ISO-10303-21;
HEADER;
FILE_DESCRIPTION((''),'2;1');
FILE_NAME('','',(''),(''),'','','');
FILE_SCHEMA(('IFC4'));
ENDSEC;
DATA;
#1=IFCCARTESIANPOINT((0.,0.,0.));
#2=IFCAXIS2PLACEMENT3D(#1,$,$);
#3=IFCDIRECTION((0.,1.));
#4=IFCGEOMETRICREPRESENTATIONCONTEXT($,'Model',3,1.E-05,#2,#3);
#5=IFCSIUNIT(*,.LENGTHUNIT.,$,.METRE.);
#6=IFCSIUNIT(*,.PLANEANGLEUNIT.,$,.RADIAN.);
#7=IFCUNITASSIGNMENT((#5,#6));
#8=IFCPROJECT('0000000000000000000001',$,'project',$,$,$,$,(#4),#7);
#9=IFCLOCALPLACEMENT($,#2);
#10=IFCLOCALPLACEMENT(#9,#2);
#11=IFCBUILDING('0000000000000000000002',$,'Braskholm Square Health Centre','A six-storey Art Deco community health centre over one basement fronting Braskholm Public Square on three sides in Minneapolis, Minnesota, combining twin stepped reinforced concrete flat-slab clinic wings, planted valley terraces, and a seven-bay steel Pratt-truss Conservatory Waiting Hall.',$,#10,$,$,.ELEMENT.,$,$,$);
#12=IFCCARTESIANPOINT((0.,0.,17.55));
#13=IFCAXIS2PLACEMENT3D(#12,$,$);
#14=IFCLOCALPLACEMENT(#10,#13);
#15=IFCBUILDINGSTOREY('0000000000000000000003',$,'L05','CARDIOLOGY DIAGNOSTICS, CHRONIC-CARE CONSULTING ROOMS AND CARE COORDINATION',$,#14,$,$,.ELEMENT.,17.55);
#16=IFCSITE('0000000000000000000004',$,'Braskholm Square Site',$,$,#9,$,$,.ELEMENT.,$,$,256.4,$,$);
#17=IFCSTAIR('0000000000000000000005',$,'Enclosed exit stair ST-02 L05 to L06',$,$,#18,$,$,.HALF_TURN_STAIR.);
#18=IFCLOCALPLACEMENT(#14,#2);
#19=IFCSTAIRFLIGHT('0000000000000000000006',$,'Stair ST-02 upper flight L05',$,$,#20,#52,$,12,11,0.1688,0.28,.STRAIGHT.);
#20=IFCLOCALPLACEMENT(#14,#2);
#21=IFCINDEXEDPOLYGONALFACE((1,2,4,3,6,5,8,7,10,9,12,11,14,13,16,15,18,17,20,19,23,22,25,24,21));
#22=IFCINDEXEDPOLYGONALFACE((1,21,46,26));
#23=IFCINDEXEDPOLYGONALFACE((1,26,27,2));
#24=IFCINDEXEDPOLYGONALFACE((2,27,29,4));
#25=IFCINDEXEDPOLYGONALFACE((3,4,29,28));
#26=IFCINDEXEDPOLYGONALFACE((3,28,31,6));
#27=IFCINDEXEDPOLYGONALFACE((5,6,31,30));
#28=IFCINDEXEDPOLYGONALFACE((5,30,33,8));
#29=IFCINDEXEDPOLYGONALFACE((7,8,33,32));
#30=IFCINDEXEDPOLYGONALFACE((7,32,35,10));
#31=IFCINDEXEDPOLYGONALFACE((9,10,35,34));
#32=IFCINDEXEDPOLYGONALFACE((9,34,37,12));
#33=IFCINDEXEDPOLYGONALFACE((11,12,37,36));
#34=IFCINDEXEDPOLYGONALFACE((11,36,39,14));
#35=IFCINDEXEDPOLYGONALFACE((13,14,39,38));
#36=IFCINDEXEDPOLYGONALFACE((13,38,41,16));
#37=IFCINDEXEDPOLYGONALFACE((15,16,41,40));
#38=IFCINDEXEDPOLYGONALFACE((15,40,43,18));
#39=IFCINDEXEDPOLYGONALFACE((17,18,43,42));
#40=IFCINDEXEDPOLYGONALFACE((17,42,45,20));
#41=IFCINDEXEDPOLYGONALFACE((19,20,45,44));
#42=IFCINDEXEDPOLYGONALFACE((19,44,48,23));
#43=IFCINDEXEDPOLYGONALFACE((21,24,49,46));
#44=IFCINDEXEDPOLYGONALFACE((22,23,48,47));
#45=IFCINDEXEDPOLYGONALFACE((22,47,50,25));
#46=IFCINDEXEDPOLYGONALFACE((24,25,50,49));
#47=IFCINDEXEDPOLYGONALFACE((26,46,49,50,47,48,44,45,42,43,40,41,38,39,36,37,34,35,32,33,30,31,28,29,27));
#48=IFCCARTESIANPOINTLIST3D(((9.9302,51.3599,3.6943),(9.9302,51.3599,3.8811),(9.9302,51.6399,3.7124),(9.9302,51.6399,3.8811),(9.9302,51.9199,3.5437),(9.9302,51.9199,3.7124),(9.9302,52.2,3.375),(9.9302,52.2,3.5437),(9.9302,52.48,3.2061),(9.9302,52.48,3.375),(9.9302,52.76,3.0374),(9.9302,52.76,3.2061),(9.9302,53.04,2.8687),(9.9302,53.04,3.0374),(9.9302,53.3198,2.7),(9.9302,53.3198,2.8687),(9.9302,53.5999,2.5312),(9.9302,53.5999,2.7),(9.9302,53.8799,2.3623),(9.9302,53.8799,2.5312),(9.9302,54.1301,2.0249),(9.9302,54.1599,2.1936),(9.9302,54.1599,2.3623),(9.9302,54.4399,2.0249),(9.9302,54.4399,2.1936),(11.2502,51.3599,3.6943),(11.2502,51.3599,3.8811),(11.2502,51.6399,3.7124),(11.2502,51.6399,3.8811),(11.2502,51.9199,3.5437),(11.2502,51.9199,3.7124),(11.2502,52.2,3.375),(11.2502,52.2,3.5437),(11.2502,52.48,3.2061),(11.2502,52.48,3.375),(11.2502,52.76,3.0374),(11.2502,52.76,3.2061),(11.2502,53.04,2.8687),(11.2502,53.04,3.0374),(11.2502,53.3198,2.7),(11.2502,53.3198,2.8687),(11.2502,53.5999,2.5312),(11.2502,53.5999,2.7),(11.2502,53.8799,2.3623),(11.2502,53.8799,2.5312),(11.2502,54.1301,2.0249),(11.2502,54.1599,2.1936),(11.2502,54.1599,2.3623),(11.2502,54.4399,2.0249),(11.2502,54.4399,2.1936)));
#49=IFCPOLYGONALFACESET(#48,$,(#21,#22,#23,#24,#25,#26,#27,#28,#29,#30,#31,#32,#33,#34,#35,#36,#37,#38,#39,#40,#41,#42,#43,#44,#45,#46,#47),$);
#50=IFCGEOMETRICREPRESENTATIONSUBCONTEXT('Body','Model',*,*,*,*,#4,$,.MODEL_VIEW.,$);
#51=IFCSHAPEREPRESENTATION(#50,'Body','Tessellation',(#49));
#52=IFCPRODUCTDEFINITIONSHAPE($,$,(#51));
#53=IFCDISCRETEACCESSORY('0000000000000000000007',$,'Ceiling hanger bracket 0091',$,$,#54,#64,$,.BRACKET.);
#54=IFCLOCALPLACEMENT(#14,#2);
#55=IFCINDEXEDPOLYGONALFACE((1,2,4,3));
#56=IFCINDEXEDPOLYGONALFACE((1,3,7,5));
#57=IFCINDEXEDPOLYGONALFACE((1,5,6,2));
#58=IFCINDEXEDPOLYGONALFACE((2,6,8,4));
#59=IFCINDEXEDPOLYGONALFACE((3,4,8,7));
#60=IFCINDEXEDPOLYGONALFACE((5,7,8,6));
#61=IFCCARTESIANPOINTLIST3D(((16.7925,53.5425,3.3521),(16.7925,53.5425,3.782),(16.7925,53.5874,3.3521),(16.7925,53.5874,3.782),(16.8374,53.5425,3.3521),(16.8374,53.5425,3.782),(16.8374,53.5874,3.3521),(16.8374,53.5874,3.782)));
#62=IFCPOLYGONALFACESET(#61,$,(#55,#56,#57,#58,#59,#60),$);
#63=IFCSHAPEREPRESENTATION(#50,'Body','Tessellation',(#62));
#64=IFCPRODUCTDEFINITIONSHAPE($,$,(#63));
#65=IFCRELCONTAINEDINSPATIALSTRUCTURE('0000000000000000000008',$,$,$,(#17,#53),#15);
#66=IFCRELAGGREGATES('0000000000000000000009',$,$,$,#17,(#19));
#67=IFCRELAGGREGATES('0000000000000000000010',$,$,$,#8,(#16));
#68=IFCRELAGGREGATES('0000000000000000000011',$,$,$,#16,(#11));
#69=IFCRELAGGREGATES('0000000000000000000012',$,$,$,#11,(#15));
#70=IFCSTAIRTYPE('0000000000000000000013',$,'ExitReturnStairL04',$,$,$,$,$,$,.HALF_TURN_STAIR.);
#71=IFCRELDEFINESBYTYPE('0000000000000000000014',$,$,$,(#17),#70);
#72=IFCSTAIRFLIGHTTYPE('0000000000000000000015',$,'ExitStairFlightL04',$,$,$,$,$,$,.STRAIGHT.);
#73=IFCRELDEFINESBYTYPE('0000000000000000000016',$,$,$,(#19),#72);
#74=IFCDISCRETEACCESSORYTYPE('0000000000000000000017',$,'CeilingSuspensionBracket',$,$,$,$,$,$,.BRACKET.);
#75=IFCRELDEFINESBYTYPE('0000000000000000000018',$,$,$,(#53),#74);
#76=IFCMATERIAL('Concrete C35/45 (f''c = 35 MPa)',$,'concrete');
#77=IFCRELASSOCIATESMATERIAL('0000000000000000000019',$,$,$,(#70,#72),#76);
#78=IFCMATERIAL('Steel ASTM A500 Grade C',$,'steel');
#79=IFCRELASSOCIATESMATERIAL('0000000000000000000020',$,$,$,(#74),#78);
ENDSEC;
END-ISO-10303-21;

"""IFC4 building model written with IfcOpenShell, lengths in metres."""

from ifc_helpers import new_model, si_unit, direction, frame, origin, origin_2d, place, context, subcontext, project, spatial, polyline, rectangle, outline, extrude, material, type_object, element, aggregate, save


model = new_model("IFC4")

# Units and contexts
model_context = context("Model", 3, precision=1e-05, world=origin(), true_north=direction((0.0, 1.0)))
body_context = subcontext(model_context, "Body", "Model", "MODEL_VIEW")
ifc_project = project(units=[si_unit("LENGTHUNIT", "METRE"), si_unit("PLANEANGLEUNIT", "RADIAN")], contexts=[model_context])

# Site, building, storey
site_placement = place(None, origin())
site = spatial("IfcSite", under=ifc_project, at=site_placement, Name="Braskholm Square Site", CompositionType="ELEMENT", RefElevation=256.4)
building_placement = place(site_placement, origin())
building = spatial("IfcBuilding", under=site, at=building_placement, Name="Braskholm Square Health Centre", Description="A six-storey Art Deco community health centre over one basement fronting Braskholm Public Square on three sides in Minneapolis, Minnesota, combining twin stepped reinforced concrete flat-slab clinic wings, planted valley terraces, and a seven-bay steel Pratt-truss Conservatory Waiting Hall.", CompositionType="ELEMENT")
storey_placement = place(building_placement, frame((0.0, 0.0, 17.55)))
storey = spatial("IfcBuildingStorey", under=building, at=storey_placement, Name="L05", Description="CARDIOLOGY DIAGNOSTICS, CHRONIC-CARE CONSULTING ROOMS AND CARE COORDINATION", CompositionType="ELEMENT", Elevation=17.55)

# Shared definitions
ifc_material_1 = material(Name="Concrete C35/45 (f'c = 35 MPa)", Category="concrete")

# Stair, stair flight
stair_type = type_object("IfcStairType", Name="ExitReturnStairL04", PredefinedType="HALF_TURN_STAIR", material=ifc_material_1)
stair_placement = place(storey_placement, origin())
stair = element("IfcStair", 1, at=stair_placement, inside=storey, type_object=stair_type, Name="Enclosed exit stair ST-02 L05 to L06", PredefinedType="HALF_TURN_STAIR")
stair_flight_type = type_object("IfcStairFlightType", Name="ExitStairFlightL04", PredefinedType="STRAIGHT", material=ifc_material_1)
stair_flight_placement = place(storey_placement, frame((10.5901, 54.4399, 2.0249), z_axis=(0.0, 0.0, 1.0), x_axis=(0.0, -1.0, 0.0)))
stair_flight = element("IfcStairFlight", 2, at=stair_flight_placement, type_object=stair_flight_type, Name="Stair ST-02 upper flight L05", NumberOfRisers=12, NumberOfTreads=11, PredefinedType="STRAIGHT", RiserHeight=0.1688, TreadLength=0.28, context=body_context, shape_type="SweptSolid", body=[
    extrude(outline(polyline([(0.0, 0.0), (0.0, 0.1687), (0.28, 0.1687), (0.28, 0.3374), (0.5601, 0.3374), (0.5601, 0.5063), (0.8401, 0.5063), (0.8401, 0.675), (1.1201, 0.675), (1.1201, 0.8438), (1.3999, 0.8438), (1.3999, 1.0125), (1.6799, 1.0125), (1.6799, 1.1812), (1.96, 1.1812), (1.96, 1.3501), (2.24, 1.3501), (2.24, 1.5188), (2.52, 1.5188), (2.52, 1.6875), (2.8, 1.6875), (2.8, 1.8562), (3.0801, 1.8562), (3.0801, 2.0249), (3.0801, 1.6694), (0.3098, 0.0), (0.0, 0.0)])), frame((0.0, 0.6602, 0.0), z_axis=(0.0, -1.0, 0.0), x_axis=(1.0, 0.0, 0.0)), (0.0, 0.0, 1.0), 1.3201),
])
aggregate(stair, [stair_flight])

# Discrete accessory
ifc_material_2 = material(Name="Steel ASTM A500 Grade C", Category="steel")
discrete_accessory_type = type_object("IfcDiscreteAccessoryType", Name="CeilingSuspensionBracket", PredefinedType="BRACKET", material=ifc_material_2)
discrete_accessory_placement = place(storey_placement, frame((16.8149, 53.5649, 3.3521), z_axis=(0.0, 0.0, 1.0), x_axis=(1.0, 0.0, 0.0)))
element("IfcDiscreteAccessory", 3, at=discrete_accessory_placement, inside=storey, type_object=discrete_accessory_type, Name="Ceiling hanger bracket 0091", PredefinedType="BRACKET", context=body_context, shape_type="SweptSolid", body=[
    extrude(rectangle(XDim=0.0449, YDim=0.0449, at=origin_2d()), origin(), (0.0, 0.0, 1.0), 0.4299),
])

save(model, "model.ifc")
